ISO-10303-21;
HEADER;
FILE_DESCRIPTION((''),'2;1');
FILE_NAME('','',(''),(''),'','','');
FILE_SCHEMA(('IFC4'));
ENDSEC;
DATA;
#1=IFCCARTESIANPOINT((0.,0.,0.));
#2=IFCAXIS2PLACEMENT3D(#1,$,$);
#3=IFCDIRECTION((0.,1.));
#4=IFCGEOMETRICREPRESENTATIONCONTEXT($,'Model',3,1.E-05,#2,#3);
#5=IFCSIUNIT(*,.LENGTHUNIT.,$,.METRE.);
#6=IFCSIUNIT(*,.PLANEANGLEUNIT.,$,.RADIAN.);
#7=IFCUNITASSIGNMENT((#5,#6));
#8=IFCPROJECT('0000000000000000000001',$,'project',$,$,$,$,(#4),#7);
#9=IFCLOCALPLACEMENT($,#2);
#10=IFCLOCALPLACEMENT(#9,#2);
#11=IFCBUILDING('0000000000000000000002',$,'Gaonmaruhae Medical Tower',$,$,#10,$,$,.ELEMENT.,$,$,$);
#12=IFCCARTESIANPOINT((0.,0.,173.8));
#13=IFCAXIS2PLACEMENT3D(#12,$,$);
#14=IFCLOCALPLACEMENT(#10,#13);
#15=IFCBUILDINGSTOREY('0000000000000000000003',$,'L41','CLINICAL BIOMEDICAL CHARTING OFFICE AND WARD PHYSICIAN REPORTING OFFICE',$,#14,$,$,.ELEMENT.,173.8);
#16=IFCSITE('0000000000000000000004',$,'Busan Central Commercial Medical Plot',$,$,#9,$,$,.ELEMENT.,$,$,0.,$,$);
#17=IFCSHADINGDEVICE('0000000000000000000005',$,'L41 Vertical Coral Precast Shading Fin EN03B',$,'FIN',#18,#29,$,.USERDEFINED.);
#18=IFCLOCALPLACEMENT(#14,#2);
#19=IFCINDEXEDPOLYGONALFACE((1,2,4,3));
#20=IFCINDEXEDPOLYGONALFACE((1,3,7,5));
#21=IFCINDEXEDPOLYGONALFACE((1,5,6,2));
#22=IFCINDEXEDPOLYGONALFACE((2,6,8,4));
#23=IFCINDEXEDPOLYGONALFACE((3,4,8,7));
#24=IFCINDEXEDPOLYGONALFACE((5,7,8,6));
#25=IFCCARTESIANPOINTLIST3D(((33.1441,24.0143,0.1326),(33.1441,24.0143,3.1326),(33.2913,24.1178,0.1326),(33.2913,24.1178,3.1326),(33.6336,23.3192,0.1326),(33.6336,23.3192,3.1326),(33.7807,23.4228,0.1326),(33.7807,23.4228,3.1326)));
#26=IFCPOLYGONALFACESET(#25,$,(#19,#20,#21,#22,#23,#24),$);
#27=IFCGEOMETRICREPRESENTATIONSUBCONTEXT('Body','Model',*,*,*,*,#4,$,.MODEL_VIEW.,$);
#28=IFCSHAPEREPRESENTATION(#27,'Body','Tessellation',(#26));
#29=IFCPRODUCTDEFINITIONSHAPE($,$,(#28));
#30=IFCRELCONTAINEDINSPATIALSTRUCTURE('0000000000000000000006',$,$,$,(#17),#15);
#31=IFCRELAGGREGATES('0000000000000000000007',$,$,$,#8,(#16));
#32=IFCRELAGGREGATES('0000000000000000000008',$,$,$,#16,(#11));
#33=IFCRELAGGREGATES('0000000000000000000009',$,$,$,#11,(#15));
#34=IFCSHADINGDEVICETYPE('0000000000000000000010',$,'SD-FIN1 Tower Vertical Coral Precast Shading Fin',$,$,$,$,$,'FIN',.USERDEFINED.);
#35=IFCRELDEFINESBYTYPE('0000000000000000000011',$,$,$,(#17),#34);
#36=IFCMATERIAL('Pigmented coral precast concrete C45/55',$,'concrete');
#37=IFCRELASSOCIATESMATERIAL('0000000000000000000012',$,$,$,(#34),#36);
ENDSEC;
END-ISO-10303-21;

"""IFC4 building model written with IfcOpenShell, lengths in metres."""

from ifc_helpers import new_model, si_unit, direction, frame, origin, origin_2d, place, context, subcontext, project, spatial, rectangle, extrude, material, type_object, element, save


model = new_model("IFC4")

# Units and contexts
model_context = context("Model", 3, precision=1e-05, world=origin(), true_north=direction((0.0, 1.0)))
body_context = subcontext(model_context, "Body", "Model", "MODEL_VIEW")
ifc_project = project(units=[si_unit("LENGTHUNIT", "METRE"), si_unit("PLANEANGLEUNIT", "RADIAN")], contexts=[model_context])

# Site, building, storey
site_placement = place(None, origin())
site = spatial("IfcSite", under=ifc_project, at=site_placement, Name="Busan Central Commercial Medical Plot", CompositionType="ELEMENT", RefElevation=0.0)
building_placement = place(site_placement, origin())
building = spatial("IfcBuilding", under=site, at=building_placement, Name="Gaonmaruhae Medical Tower", CompositionType="ELEMENT")
storey_placement = place(building_placement, frame((0.0, 0.0, 173.8)))
storey = spatial("IfcBuildingStorey", under=building, at=storey_placement, Name="L41", Description="CLINICAL BIOMEDICAL CHARTING OFFICE AND WARD PHYSICIAN REPORTING OFFICE", CompositionType="ELEMENT", Elevation=173.8)

# Shading device
ifc_material_1 = material(Name="Pigmented coral precast concrete C45/55", Category="concrete")
shading_device_type = type_object("IfcShadingDeviceType", Name="SD-FIN1 Tower Vertical Coral Precast Shading Fin", ElementType="FIN", PredefinedType="USERDEFINED", material=ifc_material_1)
for number, where, z_axis, x_axis, name in (
    (1, (33.4624, 23.7185, 0.1326), (0.0, 0.0, 1.0), (0.817648, 0.575719, 0.0), "L41 Vertical Coral Precast Shading Fin EN03B"),
):
    element("IfcShadingDevice", number, at=place(storey_placement, frame(where, z_axis=z_axis, x_axis=x_axis)), inside=storey, type_object=shading_device_type, Name=name, ObjectType="FIN", PredefinedType="USERDEFINED", context=body_context, shape_type="SweptSolid", body=[
        extrude(rectangle(XDim=0.1799, YDim=0.8501, at=origin_2d()), origin(), (0.0, 0.0, 1.0), 3.0),
    ])

save(model, "model.ifc")
